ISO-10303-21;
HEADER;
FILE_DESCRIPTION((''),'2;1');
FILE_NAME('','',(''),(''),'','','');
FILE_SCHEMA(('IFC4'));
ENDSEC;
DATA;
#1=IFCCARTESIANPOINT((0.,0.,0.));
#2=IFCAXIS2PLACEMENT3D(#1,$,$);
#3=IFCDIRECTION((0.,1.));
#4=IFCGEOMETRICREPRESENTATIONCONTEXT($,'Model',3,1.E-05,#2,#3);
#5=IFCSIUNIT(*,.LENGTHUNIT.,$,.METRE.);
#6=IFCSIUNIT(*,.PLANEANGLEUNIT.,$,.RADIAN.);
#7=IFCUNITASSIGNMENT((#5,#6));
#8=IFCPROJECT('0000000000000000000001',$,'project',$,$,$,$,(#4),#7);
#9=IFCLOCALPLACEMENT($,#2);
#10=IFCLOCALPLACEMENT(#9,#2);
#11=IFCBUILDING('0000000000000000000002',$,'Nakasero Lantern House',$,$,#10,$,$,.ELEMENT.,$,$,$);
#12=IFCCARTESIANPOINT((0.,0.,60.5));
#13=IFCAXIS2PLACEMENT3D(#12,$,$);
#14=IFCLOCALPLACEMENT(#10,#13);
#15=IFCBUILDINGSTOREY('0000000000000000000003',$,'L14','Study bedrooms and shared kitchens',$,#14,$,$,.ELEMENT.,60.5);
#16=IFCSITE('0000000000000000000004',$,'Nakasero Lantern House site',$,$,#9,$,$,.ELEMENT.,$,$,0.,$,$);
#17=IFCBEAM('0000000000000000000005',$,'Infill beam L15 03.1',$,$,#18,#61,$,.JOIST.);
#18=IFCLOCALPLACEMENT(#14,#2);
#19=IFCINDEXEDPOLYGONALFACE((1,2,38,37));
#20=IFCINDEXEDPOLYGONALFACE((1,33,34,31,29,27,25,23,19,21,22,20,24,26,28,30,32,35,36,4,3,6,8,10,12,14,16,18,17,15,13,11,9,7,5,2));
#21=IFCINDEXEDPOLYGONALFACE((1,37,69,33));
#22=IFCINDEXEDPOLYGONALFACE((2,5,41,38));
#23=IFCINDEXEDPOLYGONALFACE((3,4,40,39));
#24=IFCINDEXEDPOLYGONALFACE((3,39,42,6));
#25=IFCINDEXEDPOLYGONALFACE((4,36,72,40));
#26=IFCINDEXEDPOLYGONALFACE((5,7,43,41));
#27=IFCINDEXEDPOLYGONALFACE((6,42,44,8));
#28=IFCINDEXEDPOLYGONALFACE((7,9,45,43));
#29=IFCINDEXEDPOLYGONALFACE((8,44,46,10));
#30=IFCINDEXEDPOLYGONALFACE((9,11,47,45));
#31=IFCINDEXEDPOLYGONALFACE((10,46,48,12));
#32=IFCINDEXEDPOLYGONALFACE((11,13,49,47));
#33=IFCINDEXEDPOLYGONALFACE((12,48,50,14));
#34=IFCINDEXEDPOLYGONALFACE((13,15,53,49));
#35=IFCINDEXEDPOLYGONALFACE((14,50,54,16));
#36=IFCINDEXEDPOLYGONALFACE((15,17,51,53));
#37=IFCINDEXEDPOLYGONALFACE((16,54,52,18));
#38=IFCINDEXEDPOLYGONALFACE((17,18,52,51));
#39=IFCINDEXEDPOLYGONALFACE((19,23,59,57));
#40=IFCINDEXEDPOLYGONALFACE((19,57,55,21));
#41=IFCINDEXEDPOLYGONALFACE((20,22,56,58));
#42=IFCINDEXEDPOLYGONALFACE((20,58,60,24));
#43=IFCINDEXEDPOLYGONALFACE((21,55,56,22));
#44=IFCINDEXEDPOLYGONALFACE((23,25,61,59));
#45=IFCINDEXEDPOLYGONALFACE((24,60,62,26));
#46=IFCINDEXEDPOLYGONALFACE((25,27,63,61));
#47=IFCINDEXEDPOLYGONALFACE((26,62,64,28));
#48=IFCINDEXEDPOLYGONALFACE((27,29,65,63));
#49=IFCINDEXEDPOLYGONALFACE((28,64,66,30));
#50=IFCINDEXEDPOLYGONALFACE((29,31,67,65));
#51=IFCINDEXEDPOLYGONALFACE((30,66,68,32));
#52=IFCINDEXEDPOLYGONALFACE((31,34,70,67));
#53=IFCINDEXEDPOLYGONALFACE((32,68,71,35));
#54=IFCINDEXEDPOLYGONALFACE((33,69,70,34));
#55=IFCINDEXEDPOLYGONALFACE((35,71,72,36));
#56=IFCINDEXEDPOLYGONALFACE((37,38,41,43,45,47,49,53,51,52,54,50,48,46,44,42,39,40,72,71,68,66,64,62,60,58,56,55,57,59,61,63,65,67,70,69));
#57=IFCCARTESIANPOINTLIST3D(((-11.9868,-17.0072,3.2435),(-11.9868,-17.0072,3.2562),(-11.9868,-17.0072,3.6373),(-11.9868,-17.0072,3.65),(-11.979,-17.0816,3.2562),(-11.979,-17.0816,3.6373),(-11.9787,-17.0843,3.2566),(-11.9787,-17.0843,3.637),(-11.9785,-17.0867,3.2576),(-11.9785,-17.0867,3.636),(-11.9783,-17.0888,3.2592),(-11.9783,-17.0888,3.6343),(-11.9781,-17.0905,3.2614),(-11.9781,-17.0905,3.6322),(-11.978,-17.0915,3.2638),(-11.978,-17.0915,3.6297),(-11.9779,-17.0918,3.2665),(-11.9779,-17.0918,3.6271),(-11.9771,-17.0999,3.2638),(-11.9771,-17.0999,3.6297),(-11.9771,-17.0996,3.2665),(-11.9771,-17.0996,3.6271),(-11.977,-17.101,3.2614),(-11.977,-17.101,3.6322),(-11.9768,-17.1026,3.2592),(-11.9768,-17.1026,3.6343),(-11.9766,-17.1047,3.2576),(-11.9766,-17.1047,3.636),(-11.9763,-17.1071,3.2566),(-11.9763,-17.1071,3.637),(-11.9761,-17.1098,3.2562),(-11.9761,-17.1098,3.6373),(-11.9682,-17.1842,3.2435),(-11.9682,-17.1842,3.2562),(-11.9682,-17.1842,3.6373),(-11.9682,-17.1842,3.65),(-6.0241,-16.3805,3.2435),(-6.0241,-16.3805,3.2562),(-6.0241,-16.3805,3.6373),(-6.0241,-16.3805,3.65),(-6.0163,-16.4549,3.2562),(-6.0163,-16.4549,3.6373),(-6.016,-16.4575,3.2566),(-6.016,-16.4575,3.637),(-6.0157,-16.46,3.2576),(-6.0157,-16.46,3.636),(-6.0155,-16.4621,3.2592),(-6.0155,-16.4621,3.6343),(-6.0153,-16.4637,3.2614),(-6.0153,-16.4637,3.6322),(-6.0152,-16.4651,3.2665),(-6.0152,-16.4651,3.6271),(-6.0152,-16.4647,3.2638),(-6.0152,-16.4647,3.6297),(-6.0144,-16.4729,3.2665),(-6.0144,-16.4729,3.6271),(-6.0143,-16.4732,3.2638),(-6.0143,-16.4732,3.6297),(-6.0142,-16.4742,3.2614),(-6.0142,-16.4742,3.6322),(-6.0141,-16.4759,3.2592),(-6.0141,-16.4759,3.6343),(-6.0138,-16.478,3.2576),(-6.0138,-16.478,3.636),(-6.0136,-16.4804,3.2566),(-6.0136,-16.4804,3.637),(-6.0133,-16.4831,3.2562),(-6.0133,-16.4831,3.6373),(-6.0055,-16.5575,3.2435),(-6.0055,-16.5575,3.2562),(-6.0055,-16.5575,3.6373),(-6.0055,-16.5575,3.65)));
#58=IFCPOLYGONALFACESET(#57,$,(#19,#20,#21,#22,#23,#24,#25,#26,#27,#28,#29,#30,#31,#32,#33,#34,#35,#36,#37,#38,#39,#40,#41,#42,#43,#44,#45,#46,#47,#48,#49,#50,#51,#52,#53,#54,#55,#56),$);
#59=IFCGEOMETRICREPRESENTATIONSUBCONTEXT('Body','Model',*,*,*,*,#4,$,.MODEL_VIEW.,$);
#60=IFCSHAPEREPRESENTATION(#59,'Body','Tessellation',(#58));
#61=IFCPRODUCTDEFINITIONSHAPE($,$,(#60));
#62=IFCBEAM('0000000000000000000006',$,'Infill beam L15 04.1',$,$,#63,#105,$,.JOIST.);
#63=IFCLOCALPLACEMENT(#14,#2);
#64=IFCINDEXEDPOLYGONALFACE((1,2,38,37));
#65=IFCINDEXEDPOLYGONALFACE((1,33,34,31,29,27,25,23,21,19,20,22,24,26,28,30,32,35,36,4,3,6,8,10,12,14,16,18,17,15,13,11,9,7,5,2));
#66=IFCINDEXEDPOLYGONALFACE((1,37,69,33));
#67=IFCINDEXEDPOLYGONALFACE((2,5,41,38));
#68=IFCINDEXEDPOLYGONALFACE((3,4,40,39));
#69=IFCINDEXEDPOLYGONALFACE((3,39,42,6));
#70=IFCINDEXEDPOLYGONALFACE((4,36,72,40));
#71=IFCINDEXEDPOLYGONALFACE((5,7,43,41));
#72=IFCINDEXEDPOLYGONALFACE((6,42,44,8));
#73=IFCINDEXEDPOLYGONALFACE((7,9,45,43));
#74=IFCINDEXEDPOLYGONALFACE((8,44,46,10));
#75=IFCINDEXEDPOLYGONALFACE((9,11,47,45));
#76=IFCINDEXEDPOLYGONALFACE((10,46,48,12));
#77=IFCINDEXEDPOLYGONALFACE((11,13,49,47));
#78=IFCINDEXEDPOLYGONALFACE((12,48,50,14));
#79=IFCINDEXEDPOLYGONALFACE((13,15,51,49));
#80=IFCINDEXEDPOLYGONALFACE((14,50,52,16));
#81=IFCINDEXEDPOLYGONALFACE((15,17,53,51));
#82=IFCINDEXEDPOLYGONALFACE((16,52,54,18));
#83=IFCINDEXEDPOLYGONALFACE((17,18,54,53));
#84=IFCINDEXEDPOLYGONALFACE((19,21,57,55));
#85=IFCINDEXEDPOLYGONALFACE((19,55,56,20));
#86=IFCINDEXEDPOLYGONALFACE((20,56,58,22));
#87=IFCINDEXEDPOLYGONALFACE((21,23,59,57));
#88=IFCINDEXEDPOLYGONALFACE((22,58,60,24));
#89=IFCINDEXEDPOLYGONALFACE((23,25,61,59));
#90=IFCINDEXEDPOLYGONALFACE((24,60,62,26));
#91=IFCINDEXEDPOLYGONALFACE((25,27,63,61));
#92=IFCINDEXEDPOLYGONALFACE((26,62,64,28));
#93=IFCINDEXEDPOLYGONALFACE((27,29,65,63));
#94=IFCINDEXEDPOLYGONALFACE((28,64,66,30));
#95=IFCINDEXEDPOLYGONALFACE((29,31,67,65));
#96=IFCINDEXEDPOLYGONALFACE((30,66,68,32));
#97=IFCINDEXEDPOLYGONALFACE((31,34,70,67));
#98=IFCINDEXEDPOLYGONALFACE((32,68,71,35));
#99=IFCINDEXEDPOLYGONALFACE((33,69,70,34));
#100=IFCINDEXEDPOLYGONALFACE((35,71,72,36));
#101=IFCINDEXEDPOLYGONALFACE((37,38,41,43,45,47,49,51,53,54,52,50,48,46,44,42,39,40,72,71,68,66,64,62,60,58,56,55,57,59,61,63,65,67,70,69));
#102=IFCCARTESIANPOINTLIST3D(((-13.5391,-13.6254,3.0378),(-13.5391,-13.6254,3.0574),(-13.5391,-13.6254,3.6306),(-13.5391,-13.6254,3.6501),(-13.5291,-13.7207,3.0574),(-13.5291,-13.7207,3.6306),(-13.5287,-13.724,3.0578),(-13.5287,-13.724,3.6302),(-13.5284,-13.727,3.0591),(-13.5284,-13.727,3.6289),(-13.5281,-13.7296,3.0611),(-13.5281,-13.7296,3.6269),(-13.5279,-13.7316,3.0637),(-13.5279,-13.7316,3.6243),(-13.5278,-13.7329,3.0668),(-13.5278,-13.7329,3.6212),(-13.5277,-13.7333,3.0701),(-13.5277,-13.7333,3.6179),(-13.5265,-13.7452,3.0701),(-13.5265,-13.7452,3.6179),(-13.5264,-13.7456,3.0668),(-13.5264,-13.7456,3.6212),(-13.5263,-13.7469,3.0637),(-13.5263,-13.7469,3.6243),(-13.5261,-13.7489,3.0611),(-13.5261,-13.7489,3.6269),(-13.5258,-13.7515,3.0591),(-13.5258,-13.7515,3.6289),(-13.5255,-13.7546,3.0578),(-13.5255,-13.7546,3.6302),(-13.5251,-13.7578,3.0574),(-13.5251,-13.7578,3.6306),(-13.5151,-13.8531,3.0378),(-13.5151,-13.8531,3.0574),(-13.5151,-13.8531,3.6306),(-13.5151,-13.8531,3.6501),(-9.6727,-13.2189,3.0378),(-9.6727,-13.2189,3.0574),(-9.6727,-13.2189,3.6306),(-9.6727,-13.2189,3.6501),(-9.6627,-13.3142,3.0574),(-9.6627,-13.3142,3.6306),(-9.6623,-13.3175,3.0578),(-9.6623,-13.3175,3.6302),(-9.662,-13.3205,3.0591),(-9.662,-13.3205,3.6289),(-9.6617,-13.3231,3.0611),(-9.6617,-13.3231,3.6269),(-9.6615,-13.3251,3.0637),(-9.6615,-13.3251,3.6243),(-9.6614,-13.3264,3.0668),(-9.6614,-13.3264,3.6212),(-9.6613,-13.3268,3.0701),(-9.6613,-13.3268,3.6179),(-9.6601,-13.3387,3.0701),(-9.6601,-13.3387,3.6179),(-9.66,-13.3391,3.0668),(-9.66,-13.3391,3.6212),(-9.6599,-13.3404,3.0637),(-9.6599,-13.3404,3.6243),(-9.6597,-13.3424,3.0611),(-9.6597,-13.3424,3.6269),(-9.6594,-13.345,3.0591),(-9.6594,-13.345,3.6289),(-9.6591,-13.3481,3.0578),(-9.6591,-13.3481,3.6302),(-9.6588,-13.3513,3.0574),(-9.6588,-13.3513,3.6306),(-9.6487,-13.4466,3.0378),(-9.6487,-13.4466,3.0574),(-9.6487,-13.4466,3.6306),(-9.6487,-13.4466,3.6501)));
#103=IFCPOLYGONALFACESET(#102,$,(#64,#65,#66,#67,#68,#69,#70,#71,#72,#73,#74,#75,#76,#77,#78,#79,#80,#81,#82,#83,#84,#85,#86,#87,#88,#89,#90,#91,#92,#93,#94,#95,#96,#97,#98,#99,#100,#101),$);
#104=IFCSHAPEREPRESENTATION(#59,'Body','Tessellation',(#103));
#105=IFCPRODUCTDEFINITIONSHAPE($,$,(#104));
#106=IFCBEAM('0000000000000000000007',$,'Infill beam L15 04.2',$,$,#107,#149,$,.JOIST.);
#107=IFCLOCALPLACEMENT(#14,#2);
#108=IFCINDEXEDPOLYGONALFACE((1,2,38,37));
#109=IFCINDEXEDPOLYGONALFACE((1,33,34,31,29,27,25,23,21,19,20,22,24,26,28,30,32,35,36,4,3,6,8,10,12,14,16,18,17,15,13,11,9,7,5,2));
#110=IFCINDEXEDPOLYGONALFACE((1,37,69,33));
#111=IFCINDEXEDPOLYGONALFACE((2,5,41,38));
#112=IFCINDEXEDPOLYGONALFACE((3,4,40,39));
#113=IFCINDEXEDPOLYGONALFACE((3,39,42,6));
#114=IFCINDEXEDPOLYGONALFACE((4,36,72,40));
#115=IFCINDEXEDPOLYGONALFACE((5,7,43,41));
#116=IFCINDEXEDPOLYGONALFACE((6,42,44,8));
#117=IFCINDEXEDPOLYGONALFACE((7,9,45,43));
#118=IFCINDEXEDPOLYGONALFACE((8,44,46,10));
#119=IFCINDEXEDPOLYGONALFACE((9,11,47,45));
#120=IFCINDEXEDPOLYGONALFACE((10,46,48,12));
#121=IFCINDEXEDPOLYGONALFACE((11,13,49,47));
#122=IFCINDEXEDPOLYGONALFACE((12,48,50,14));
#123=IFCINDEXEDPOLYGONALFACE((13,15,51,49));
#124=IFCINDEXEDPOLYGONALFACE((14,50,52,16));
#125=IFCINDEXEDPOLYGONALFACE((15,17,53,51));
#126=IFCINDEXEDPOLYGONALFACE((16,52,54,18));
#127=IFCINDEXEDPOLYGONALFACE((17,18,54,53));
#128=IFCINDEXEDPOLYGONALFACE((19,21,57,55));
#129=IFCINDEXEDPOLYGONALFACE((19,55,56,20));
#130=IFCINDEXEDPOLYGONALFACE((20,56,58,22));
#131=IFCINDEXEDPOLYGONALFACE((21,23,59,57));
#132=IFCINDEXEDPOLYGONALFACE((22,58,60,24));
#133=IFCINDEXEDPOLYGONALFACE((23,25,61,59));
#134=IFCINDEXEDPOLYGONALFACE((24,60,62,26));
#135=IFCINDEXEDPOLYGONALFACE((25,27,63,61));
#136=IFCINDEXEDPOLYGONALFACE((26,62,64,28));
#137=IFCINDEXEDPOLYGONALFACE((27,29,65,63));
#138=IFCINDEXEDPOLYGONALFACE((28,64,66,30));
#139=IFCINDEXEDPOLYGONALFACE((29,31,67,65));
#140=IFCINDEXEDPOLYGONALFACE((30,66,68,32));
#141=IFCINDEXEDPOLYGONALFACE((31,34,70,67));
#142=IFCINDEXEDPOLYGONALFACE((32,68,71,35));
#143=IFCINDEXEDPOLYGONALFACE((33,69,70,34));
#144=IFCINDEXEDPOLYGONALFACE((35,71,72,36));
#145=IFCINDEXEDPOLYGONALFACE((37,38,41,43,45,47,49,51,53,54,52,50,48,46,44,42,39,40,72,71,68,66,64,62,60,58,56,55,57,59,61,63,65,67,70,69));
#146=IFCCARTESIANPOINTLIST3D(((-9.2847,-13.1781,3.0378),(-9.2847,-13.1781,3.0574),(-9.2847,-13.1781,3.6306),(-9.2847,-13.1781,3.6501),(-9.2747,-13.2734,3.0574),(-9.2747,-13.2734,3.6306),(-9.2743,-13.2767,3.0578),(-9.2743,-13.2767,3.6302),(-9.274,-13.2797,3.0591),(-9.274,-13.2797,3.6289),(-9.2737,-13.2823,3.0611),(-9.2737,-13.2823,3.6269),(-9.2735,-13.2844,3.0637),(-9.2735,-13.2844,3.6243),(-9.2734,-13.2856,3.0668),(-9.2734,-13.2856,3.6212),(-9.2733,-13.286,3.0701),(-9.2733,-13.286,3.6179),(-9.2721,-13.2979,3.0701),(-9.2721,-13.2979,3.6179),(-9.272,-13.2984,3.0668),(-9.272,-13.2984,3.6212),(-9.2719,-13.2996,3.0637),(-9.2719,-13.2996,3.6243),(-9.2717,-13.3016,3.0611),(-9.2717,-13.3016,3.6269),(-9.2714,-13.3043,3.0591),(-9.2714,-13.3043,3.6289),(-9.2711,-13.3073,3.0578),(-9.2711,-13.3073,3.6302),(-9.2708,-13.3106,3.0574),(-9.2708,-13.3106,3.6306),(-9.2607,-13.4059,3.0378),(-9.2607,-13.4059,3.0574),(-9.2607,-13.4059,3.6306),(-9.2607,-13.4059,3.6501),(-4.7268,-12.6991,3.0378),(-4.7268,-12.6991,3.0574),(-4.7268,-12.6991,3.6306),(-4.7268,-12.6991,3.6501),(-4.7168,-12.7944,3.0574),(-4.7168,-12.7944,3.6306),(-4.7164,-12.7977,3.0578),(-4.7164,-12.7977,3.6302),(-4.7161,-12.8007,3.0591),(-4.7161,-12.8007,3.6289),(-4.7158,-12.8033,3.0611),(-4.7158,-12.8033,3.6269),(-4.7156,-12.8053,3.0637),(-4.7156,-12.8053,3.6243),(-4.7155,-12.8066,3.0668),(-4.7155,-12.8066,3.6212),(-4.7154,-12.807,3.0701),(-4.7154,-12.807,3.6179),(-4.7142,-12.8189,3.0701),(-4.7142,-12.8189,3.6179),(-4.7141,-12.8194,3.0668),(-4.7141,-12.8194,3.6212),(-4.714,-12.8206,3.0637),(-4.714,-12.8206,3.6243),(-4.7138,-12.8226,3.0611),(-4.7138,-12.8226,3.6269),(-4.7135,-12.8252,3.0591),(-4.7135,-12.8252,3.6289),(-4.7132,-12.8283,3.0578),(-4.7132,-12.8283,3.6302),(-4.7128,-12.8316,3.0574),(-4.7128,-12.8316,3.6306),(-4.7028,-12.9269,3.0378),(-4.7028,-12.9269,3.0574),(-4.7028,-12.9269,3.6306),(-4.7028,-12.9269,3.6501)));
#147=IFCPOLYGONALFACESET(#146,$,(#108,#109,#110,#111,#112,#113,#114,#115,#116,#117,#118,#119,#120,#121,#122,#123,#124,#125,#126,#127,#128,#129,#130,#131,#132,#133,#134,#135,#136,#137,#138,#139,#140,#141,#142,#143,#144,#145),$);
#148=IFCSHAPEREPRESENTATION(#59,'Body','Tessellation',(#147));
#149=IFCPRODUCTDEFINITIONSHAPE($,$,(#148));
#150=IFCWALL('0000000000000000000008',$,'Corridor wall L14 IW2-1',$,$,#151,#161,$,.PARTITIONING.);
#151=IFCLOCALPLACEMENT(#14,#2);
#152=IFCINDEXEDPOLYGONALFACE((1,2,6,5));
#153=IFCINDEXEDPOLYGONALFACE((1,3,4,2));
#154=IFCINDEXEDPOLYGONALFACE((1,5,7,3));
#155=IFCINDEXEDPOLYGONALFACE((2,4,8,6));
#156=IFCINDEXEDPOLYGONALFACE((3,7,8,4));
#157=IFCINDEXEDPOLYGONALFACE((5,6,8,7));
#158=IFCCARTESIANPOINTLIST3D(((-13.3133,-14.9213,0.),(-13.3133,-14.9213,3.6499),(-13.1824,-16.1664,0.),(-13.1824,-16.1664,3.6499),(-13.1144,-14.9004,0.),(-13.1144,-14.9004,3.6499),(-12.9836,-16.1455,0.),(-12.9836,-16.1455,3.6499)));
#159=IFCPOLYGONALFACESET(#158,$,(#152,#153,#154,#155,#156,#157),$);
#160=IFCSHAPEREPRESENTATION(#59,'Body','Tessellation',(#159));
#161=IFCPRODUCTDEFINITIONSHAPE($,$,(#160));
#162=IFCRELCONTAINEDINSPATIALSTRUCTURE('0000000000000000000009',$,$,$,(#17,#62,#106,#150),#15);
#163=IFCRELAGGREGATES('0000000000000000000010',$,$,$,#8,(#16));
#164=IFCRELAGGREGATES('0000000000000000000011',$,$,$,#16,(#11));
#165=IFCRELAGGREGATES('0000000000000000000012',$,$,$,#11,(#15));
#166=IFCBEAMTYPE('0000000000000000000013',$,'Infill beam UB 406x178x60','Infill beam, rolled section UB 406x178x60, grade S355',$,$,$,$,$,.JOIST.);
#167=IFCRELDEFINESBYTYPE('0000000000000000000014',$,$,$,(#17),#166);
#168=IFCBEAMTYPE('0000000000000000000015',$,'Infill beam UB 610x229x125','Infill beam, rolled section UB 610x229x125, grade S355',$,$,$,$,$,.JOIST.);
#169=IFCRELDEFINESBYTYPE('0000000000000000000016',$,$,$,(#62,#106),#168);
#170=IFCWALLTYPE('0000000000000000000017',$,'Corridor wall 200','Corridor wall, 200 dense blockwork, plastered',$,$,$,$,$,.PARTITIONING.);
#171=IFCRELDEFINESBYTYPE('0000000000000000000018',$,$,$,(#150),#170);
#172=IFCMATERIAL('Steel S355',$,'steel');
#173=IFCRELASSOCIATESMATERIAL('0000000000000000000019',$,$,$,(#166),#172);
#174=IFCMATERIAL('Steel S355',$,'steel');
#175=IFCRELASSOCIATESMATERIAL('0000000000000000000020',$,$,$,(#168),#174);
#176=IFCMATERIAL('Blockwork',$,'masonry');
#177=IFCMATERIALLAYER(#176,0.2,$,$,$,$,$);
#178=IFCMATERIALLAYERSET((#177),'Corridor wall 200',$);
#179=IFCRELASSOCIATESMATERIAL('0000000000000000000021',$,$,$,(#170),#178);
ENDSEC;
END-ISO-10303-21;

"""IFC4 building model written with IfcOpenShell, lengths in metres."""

from ifc_helpers import new_model, si_unit, direction, frame, frame_2d, origin, origin_2d, place, context, subcontext, project, spatial, rectangle, i_section, extrude, material, layer, layer_set, material_profile, profile_set, type_object, element, save


model = new_model("IFC4")

# Units and contexts
model_context = context("Model", 3, precision=1e-05, world=origin(), true_north=direction((0.0, 1.0)))
body_context = subcontext(model_context, "Body", "Model", "MODEL_VIEW")
ifc_project = project(units=[si_unit("LENGTHUNIT", "METRE"), si_unit("PLANEANGLEUNIT", "RADIAN")], contexts=[model_context])

# Site, building, storey
site_placement = place(None, origin())
site = spatial("IfcSite", under=ifc_project, at=site_placement, Name="Nakasero Lantern House site", CompositionType="ELEMENT", RefElevation=0.0)
building_placement = place(site_placement, origin())
building = spatial("IfcBuilding", under=site, at=building_placement, Name="Nakasero Lantern House", CompositionType="ELEMENT")
storey_placement = place(building_placement, frame((0.0, 0.0, 60.5)))
storey = spatial("IfcBuildingStorey", under=building, at=storey_placement, Name="L14", Description="Study bedrooms and shared kitchens", CompositionType="ELEMENT", Elevation=60.5)

# Beams
ifc_material_1 = material(Name="Steel S355", Category="steel")
ifc_material_profile_1 = material_profile(ifc_material_1, i_section(OverallWidth=0.178, OverallDepth=0.4065, WebThickness=0.0078, FlangeThickness=0.0127, FilletRadius=0.0103, at=origin_2d()), Name="UB 406x178x60")
ifc_profile_set_1 = profile_set([ifc_material_profile_1], Name="Steel S355")
beam_type_1 = type_object("IfcBeamType", Name="Infill beam UB 406x178x60", Description="Infill beam, rolled section UB 406x178x60, grade S355", PredefinedType="JOIST", material=ifc_profile_set_1)
beam_1_placement = place(storey_placement, frame((-11.9775, -17.0957, 3.4468), z_axis=(0.994522, 0.10453, 0.0), x_axis=(-0.10453, 0.994522, 0.0)))
element("IfcBeam", 1, at=beam_1_placement, inside=storey, type_object=beam_type_1, Name="Infill beam L15 03.1", PredefinedType="JOIST", context=body_context, shape_type="SweptSolid", body=[
    extrude(i_section(OverallWidth=0.178, OverallDepth=0.4065, WebThickness=0.0078, FlangeThickness=0.0127, FilletRadius=0.0103, at=origin_2d()), origin(), (0.0, 0.0, 1.0), 5.9956),
])
ifc_material_2 = material(Name="Steel S355", Category="steel")
ifc_material_profile_2 = material_profile(ifc_material_2, i_section(OverallWidth=0.229, OverallDepth=0.6123, WebThickness=0.012, FlangeThickness=0.0195, FilletRadius=0.0127, at=origin_2d()), Name="UB 610x229x125")
ifc_profile_set_2 = profile_set([ifc_material_profile_2], Name="Steel S355")
beam_type_2 = type_object("IfcBeamType", Name="Infill beam UB 610x229x125", Description="Infill beam, rolled section UB 610x229x125, grade S355", PredefinedType="JOIST", material=ifc_profile_set_2)
beam_2_placement = place(storey_placement, frame((-13.5271, -13.7393, 3.344), z_axis=(0.994519, 0.104557, 0.0), x_axis=(-0.104557, 0.994519, 0.0)))
element("IfcBeam", 2, at=beam_2_placement, inside=storey, type_object=beam_type_2, Name="Infill beam L15 04.1", PredefinedType="JOIST", context=body_context, shape_type="SweptSolid", body=[
    extrude(i_section(OverallWidth=0.229, OverallDepth=0.6123, WebThickness=0.012, FlangeThickness=0.0195, FilletRadius=0.0127, at=origin_2d()), origin(), (0.0, 0.0, 1.0), 3.8877),
])
beam_3_placement = place(storey_placement, frame((-9.2727, -13.292, 3.344), z_axis=(0.994523, 0.104518, 0.0), x_axis=(-0.104518, 0.994523, 0.0)))
element("IfcBeam", 3, at=beam_3_placement, inside=storey, type_object=beam_type_2, Name="Infill beam L15 04.2", PredefinedType="JOIST", context=body_context, shape_type="SweptSolid", body=[
    extrude(i_section(OverallWidth=0.229, OverallDepth=0.6123, WebThickness=0.012, FlangeThickness=0.0195, FilletRadius=0.0127, at=origin_2d()), origin(), (0.0, 0.0, 1.0), 4.583),
])

# Wall
ifc_material_3 = material(Name="Blockwork", Category="masonry")
ifc_layer_1 = layer(ifc_material_3, 0.2)
ifc_layer_set_1 = layer_set([ifc_layer_1], Name="Corridor wall 200")
wall_type_1 = type_object("IfcWallType", Name="Corridor wall 200", Description="Corridor wall, 200 dense blockwork, plastered", PredefinedType="PARTITIONING", material=ifc_layer_set_1)
wall_1_placement = place(storey_placement, frame((-13.2139, -14.9109, 0.0), z_axis=(0.0, 0.0, 1.0), x_axis=(0.104522, -0.994523, 0.0)))
element("IfcWall", 4, at=wall_1_placement, inside=storey, type_object=wall_type_1, Name="Corridor wall L14 IW2-1", PredefinedType="PARTITIONING", context=body_context, shape_type="SweptSolid", body=[
    extrude(rectangle(XDim=1.252, YDim=0.2, at=frame_2d((0.626, 0.0))), origin(), (0.0, 0.0, 1.0), 3.6499),
])

save(model, "model.ifc")
